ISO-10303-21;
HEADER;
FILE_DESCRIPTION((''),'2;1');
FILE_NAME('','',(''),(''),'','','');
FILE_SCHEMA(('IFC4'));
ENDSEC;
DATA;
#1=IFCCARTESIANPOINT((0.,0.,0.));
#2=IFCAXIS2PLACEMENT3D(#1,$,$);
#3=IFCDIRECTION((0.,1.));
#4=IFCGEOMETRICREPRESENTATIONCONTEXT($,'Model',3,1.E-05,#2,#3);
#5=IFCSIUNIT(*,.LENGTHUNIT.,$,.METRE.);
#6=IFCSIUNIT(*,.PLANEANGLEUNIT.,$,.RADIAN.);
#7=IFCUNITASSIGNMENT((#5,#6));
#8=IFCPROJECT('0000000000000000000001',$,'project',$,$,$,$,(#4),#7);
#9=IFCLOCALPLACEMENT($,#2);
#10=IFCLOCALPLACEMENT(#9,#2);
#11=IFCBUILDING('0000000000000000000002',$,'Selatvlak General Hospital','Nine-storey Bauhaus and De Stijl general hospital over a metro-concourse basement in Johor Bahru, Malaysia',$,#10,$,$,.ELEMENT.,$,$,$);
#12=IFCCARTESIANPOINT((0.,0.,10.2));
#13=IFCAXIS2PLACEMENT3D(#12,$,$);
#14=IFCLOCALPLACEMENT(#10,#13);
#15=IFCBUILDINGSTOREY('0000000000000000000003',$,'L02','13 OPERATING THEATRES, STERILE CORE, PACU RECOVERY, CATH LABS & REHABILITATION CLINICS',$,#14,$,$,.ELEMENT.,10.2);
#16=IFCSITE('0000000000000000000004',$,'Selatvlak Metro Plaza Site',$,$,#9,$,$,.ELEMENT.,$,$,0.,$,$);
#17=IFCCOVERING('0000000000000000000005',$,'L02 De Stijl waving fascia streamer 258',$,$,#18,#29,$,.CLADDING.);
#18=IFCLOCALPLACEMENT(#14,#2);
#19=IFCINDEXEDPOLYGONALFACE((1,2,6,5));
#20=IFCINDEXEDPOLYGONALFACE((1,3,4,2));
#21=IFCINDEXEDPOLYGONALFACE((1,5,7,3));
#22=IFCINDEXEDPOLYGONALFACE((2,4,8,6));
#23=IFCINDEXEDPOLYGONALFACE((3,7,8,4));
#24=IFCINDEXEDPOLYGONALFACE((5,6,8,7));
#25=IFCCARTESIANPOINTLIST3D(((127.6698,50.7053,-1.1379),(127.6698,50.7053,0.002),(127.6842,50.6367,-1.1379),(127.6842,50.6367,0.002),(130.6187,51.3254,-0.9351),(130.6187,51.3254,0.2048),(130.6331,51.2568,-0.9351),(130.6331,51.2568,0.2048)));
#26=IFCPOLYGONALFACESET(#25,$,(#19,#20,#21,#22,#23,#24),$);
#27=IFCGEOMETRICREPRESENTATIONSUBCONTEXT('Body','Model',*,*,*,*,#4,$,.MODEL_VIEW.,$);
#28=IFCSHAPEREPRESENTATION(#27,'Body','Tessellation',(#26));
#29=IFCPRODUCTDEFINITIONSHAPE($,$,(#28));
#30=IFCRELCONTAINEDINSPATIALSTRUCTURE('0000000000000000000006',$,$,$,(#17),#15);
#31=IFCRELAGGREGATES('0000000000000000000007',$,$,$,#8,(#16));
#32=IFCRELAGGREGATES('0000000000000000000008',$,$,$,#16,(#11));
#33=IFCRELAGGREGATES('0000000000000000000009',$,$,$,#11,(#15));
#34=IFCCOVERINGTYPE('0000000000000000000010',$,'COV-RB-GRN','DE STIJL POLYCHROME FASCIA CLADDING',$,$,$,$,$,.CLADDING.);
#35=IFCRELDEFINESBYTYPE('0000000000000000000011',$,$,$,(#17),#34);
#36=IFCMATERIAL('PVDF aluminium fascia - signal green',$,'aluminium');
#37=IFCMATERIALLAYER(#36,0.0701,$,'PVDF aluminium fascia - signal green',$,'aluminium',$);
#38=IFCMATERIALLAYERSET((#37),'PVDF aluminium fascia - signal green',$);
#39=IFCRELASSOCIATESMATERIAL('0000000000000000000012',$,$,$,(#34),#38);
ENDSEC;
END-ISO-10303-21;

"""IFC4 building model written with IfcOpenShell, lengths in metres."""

from ifc_helpers import new_model, si_unit, direction, frame, origin, place, context, subcontext, project, spatial, polyline, outline, extrude, material, layer, layer_set, type_object, element, save


model = new_model("IFC4")

# Units and contexts
model_context = context("Model", 3, precision=1e-05, world=origin(), true_north=direction((0.0, 1.0)))
body_context = subcontext(model_context, "Body", "Model", "MODEL_VIEW")
ifc_project = project(units=[si_unit("LENGTHUNIT", "METRE"), si_unit("PLANEANGLEUNIT", "RADIAN")], contexts=[model_context])

# Site, building, storey
site_placement = place(None, origin())
site = spatial("IfcSite", under=ifc_project, at=site_placement, Name="Selatvlak Metro Plaza Site", CompositionType="ELEMENT", RefElevation=0.0)
building_placement = place(site_placement, origin())
building = spatial("IfcBuilding", under=site, at=building_placement, Name="Selatvlak General Hospital", Description="Nine-storey Bauhaus and De Stijl general hospital over a metro-concourse basement in Johor Bahru, Malaysia", CompositionType="ELEMENT")
storey_placement = place(building_placement, frame((0.0, 0.0, 10.2)))
storey = spatial("IfcBuildingStorey", under=building, at=storey_placement, Name="L02", Description="13 OPERATING THEATRES, STERILE CORE, PACU RECOVERY, CATH LABS & REHABILITATION CLINICS", CompositionType="ELEMENT", Elevation=10.2)

# Covering
ifc_material_1 = material(Name="PVDF aluminium fascia - signal green", Category="aluminium")
ifc_layer_1 = layer(ifc_material_1, 0.0701, Name="PVDF aluminium fascia - signal green", Category="aluminium")
ifc_layer_set_1 = layer_set([ifc_layer_1], Name="PVDF aluminium fascia - signal green")
covering_type = type_object("IfcCoveringType", Name="COV-RB-GRN", Description="DE STIJL POLYCHROME FASCIA CLADDING", PredefinedType="CLADDING", material=ifc_layer_set_1)
covering_1_placement = place(storey_placement, frame((127.677, 50.6709, -1.1379), z_axis=(0.0, 0.0, 1.0), x_axis=(0.978598, 0.205782, 0.0)))
element("IfcCovering", 1, at=covering_1_placement, inside=storey, type_object=covering_type, Name="L02 De Stijl waving fascia streamer 258", PredefinedType="CLADDING", context=body_context, shape_type="SweptSolid", body=[
    extrude(outline(polyline([(0.0, 0.0), (3.0134, 0.2029), (3.0134, 1.3428), (0.0, 1.1399), (0.0, 0.0)])), frame((0.0, 0.0352, 0.0), z_axis=(0.0, -1.0, 0.0), x_axis=(1.0, 0.0, 0.0)), (0.0, 0.0, 1.0), 0.0701),
])

save(model, "model.ifc")
